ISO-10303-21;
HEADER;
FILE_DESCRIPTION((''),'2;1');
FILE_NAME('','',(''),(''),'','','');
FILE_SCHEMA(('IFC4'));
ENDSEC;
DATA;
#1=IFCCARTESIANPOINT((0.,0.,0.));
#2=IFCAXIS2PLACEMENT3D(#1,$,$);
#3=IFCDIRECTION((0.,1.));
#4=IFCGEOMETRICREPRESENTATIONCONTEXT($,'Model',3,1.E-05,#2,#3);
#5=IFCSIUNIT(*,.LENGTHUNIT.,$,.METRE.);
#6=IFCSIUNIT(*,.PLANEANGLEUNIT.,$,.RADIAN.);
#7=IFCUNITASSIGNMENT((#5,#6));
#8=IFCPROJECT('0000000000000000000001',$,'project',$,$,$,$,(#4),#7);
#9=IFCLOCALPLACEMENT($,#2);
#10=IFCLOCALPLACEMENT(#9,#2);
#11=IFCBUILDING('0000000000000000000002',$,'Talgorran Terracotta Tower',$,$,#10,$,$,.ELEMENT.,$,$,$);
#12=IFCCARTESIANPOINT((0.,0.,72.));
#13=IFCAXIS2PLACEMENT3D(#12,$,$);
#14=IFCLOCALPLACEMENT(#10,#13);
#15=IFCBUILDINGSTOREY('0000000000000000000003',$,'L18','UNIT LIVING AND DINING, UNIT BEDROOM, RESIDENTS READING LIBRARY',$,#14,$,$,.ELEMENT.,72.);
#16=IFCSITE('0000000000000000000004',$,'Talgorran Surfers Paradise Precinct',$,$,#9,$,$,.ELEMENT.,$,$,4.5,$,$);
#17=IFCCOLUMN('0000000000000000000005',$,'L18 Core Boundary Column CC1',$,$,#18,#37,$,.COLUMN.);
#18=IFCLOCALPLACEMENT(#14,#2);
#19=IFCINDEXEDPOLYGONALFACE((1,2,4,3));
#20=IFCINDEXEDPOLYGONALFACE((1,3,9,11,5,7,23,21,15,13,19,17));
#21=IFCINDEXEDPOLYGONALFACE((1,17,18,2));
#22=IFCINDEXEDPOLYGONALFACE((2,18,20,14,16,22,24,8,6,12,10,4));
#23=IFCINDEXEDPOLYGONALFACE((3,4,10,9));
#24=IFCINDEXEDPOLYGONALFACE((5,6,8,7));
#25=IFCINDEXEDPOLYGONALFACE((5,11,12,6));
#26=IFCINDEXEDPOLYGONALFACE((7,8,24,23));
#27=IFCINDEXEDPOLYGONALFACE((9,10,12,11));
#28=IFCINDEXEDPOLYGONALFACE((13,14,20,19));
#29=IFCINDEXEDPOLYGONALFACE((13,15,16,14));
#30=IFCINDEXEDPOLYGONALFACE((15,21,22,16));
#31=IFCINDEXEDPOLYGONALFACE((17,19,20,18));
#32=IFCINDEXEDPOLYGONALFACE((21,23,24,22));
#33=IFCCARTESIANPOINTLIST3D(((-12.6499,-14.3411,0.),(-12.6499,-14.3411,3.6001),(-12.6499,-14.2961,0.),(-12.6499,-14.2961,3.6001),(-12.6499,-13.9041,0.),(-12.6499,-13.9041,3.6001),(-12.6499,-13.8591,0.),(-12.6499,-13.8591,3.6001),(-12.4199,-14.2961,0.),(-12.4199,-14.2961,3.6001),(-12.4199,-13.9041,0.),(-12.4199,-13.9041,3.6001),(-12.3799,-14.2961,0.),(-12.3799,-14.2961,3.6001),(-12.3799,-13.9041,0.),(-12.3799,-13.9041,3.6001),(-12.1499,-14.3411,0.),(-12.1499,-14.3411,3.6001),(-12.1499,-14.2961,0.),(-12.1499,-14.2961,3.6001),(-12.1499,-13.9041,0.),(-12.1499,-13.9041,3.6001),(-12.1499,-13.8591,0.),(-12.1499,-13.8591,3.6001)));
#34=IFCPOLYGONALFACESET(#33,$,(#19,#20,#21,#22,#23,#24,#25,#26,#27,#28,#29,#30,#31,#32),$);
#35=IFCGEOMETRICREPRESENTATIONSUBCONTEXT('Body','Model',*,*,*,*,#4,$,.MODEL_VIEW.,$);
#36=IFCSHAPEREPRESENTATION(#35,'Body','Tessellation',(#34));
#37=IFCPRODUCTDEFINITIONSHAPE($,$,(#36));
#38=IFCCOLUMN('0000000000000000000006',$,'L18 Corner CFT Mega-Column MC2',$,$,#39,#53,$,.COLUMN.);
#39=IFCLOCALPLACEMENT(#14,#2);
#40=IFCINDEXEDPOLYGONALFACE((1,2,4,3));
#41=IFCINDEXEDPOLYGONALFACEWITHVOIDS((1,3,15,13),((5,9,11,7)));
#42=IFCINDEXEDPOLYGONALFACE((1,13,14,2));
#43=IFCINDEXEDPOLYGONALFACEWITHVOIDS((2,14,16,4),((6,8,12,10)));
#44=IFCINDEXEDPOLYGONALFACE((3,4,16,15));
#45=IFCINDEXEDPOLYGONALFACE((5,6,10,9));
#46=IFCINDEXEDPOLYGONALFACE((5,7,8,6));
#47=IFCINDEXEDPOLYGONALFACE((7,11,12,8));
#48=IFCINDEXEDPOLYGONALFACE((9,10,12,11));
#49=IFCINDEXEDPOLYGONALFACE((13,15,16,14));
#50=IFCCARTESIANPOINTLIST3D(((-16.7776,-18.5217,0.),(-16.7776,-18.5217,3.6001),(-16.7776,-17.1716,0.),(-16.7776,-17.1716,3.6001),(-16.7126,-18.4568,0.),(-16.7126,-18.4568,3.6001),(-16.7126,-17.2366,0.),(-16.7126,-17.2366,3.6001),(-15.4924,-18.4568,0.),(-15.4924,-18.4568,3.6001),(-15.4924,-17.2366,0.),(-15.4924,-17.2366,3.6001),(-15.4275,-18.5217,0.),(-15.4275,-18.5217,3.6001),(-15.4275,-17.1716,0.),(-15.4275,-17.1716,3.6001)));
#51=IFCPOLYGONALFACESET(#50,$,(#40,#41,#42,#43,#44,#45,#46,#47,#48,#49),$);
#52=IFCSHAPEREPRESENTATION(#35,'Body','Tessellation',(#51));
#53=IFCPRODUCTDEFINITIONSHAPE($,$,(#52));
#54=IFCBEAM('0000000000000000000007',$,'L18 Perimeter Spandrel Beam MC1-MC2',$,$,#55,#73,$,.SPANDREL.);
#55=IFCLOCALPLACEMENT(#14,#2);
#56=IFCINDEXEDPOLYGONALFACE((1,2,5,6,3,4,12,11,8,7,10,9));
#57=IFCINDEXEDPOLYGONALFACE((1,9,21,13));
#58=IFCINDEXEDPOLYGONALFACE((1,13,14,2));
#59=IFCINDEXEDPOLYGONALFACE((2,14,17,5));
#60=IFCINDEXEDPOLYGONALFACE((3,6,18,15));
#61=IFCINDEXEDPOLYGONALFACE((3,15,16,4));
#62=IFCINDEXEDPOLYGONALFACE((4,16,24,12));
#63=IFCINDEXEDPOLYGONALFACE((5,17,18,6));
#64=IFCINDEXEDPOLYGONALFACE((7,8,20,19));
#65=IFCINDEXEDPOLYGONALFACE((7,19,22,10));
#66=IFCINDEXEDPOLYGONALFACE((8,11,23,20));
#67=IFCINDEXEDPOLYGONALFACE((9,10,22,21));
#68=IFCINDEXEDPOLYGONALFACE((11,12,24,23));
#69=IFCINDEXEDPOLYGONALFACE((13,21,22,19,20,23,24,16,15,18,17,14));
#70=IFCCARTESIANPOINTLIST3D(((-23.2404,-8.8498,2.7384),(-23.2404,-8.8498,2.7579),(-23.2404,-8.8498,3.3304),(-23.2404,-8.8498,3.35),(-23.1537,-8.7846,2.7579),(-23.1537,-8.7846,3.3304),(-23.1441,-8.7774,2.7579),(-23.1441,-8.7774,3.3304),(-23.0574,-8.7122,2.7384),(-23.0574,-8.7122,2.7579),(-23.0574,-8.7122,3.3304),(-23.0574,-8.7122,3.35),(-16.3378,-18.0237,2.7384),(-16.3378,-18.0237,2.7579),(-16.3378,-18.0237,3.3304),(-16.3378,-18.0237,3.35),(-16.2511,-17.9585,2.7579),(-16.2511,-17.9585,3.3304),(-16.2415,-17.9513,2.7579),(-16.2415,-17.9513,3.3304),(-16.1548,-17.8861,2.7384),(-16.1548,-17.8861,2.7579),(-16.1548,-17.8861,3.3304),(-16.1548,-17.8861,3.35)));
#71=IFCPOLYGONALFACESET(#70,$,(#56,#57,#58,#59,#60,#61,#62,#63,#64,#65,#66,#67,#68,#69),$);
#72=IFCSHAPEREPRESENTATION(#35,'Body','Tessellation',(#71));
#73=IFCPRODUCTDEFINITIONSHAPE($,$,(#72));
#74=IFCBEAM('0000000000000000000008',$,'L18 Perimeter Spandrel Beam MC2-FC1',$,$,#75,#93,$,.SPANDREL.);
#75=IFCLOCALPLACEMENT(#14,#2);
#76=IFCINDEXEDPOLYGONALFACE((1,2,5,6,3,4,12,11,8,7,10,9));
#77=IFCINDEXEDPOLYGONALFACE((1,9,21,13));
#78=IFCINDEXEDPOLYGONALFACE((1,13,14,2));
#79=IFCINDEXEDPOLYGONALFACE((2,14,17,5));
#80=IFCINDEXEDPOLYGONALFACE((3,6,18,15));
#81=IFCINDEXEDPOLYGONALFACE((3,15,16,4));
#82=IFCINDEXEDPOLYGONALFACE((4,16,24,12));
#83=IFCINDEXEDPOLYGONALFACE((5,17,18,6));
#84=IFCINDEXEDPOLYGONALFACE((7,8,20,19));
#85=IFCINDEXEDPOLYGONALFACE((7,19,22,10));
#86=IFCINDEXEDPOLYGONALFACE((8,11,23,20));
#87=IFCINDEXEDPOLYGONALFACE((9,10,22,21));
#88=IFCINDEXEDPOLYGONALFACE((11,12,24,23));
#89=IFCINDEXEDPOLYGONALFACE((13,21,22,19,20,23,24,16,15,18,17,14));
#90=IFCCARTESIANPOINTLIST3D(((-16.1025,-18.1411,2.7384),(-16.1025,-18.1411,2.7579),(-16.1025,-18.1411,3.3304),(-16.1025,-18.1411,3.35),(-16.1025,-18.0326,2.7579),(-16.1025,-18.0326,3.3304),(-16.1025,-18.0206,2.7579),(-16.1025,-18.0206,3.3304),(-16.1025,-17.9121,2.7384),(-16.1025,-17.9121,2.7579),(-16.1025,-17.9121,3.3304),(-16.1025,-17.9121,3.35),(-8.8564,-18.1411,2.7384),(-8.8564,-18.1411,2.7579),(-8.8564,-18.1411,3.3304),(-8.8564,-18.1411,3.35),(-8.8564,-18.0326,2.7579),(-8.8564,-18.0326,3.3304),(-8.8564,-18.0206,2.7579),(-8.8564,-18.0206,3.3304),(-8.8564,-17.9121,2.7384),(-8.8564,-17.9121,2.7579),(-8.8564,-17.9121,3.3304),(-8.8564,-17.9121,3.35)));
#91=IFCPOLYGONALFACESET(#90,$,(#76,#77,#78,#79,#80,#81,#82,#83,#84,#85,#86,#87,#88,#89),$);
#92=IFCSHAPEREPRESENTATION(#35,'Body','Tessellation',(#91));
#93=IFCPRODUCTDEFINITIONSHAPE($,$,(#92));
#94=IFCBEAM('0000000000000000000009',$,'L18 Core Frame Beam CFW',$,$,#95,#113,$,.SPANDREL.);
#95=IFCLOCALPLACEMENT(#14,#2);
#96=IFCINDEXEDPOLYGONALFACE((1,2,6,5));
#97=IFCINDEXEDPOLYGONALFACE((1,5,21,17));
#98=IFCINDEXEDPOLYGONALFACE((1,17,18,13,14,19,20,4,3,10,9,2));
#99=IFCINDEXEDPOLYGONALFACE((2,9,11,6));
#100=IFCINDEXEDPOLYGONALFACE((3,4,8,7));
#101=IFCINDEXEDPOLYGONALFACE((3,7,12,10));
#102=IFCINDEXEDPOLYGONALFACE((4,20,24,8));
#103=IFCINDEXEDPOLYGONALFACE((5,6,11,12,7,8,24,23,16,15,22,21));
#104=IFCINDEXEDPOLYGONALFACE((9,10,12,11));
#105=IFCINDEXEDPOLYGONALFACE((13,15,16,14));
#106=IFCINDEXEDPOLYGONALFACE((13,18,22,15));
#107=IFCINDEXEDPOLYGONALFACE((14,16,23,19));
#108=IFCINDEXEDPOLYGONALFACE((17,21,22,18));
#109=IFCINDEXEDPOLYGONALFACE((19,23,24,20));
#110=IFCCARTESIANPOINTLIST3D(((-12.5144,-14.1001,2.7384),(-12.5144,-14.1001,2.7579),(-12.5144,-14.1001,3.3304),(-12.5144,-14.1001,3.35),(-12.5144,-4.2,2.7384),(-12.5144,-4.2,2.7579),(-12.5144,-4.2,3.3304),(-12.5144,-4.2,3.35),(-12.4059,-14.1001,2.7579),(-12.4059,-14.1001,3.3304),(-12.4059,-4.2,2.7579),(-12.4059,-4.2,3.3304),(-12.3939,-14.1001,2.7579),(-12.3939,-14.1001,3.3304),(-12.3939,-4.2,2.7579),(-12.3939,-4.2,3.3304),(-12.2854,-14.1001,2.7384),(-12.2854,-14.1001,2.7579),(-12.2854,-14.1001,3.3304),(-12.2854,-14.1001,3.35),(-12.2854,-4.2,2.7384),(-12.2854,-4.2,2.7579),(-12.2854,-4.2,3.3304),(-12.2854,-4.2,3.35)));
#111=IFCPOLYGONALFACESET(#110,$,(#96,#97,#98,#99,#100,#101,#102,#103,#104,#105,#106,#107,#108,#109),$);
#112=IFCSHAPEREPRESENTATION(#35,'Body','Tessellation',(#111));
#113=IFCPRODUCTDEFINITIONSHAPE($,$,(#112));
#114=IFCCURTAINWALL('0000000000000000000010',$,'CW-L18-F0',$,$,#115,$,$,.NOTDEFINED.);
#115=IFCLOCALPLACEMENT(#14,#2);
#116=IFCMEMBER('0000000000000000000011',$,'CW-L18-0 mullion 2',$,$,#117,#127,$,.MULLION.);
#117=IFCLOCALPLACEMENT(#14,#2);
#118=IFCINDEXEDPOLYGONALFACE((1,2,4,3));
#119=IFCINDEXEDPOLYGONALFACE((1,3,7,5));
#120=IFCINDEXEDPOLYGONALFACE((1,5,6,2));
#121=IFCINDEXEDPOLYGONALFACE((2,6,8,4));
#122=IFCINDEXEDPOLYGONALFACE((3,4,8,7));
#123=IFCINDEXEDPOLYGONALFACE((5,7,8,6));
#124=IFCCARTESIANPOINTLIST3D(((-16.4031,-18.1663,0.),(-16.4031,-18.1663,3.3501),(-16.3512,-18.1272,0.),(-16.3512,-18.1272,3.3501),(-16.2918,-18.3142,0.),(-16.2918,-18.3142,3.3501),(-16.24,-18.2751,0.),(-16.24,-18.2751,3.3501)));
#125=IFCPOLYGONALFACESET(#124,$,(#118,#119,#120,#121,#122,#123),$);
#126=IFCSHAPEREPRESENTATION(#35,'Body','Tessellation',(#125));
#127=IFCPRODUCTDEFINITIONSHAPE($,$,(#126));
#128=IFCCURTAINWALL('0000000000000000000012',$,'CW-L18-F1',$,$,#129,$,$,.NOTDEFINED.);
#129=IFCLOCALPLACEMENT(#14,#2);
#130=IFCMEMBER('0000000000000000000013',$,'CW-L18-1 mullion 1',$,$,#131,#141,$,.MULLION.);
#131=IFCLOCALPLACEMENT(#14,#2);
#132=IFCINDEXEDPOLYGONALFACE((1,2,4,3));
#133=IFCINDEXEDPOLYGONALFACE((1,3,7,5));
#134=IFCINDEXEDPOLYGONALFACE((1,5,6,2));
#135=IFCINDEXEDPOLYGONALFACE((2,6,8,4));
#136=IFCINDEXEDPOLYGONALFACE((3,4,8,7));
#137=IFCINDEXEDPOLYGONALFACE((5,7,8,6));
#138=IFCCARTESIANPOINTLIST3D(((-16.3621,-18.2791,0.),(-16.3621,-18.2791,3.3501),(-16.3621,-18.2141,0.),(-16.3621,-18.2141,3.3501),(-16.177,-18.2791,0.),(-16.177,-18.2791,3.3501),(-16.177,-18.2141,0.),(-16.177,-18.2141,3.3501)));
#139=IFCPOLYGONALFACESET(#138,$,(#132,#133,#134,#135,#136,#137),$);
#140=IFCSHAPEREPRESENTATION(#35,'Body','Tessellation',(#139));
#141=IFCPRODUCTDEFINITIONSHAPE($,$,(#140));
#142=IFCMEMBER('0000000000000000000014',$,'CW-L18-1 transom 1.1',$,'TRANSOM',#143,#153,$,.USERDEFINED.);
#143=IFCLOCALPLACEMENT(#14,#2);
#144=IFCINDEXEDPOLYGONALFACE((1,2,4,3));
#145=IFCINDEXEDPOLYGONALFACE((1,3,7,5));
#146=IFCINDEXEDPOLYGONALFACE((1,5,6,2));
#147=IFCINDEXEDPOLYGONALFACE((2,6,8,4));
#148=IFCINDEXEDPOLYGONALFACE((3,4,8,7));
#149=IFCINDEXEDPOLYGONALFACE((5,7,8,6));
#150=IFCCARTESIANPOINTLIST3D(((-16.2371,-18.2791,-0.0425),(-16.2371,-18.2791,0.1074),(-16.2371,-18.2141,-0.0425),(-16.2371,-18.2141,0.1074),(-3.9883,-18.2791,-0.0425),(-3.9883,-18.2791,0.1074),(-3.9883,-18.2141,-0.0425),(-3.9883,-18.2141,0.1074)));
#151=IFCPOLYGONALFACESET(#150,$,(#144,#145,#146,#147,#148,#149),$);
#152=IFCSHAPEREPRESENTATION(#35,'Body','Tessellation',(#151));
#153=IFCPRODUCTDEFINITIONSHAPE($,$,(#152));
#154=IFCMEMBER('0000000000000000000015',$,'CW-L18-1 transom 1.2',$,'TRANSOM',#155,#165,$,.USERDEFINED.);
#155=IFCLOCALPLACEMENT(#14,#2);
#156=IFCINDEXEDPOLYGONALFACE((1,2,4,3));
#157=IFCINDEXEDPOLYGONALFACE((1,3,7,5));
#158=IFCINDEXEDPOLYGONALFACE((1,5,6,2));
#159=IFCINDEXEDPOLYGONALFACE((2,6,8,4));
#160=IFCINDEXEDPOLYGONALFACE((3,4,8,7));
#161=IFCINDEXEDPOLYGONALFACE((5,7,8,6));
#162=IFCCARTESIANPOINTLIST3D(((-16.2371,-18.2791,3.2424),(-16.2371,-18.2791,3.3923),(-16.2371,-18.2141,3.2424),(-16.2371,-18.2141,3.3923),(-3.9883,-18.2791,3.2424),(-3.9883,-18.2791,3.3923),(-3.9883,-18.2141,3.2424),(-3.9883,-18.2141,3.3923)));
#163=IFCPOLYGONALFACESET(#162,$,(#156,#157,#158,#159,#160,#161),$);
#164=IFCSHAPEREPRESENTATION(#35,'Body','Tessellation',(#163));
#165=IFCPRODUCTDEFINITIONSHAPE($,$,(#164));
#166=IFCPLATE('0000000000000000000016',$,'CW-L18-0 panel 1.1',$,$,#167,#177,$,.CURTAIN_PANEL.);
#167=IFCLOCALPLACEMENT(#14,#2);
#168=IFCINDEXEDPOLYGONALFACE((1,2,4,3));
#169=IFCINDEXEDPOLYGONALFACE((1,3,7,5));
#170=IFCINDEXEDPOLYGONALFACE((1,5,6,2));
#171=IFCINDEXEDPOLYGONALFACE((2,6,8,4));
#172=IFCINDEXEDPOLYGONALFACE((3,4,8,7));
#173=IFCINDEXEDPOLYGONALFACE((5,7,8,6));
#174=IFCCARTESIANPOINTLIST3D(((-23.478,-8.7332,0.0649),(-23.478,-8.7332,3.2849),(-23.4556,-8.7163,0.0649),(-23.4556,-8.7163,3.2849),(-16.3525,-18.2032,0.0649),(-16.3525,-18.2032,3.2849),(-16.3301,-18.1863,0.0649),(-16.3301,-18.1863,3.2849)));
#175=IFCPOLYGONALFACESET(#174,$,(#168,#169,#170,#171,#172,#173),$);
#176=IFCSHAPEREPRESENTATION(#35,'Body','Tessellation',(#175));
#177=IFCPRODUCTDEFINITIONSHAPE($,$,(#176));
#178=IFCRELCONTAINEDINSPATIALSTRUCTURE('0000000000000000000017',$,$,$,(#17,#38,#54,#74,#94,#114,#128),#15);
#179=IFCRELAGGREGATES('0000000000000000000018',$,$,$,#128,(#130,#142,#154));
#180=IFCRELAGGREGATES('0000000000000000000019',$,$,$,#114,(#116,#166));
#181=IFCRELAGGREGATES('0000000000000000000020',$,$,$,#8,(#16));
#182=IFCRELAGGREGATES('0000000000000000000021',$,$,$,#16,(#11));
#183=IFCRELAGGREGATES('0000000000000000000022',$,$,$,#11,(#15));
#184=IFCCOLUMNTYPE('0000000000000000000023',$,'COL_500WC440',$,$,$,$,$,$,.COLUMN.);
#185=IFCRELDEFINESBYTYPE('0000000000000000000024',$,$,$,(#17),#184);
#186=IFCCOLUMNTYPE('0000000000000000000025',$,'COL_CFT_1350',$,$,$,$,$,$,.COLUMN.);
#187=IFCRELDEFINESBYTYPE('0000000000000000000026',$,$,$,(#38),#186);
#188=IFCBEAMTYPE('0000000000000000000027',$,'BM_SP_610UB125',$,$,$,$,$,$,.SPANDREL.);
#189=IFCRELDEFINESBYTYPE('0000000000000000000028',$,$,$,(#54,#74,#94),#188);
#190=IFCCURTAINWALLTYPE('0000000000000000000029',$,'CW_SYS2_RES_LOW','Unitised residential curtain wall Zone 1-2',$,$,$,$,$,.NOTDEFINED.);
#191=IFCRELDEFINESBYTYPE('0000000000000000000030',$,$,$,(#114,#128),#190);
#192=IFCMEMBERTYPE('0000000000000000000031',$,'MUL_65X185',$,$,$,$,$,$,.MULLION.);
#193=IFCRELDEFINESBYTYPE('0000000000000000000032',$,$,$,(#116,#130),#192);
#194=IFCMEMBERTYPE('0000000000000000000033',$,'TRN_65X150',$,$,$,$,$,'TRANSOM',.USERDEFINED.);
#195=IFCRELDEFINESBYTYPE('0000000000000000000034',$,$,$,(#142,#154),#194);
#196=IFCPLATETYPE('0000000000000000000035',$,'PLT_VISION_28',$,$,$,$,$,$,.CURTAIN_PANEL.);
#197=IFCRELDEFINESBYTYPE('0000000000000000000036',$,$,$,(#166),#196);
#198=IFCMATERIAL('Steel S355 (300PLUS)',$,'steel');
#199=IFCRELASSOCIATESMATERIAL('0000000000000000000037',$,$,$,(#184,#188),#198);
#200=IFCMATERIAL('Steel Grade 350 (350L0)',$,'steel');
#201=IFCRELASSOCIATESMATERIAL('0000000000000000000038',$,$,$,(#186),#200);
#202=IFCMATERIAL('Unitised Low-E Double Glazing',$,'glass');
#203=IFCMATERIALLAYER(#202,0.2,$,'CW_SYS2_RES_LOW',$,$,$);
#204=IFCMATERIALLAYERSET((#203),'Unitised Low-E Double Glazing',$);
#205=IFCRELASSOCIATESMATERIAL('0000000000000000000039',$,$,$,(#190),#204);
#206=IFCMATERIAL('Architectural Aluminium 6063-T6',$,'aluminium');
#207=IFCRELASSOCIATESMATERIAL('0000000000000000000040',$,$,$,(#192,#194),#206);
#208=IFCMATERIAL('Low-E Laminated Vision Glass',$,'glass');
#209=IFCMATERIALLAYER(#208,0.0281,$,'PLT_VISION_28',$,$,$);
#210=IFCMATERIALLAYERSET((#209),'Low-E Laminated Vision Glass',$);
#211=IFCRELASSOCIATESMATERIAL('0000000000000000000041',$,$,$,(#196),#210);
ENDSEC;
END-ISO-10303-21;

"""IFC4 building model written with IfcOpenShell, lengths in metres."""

from ifc_helpers import new_model, si_unit, direction, frame, origin, origin_2d, place, context, subcontext, project, spatial, rectangle, hollow_rectangle, i_section, extrude, source, transform, mapped, material, layer, layer_set, material_profile, profile_set, type_object, type_shapes, element, aggregate, save


model = new_model("IFC4")

# Units and contexts
model_context = context("Model", 3, precision=1e-05, world=origin(), true_north=direction((0.0, 1.0)))
body_context = subcontext(model_context, "Body", "Model", "MODEL_VIEW")
ifc_project = project(units=[si_unit("LENGTHUNIT", "METRE"), si_unit("PLANEANGLEUNIT", "RADIAN")], contexts=[model_context])

# Site, building, storey
site_placement = place(None, origin())
site = spatial("IfcSite", under=ifc_project, at=site_placement, Name="Talgorran Surfers Paradise Precinct", CompositionType="ELEMENT", RefElevation=4.5)
building_placement = place(site_placement, origin())
building = spatial("IfcBuilding", under=site, at=building_placement, Name="Talgorran Terracotta Tower", CompositionType="ELEMENT")
storey_placement = place(building_placement, frame((0.0, 0.0, 72.0)))
storey = spatial("IfcBuildingStorey", under=building, at=storey_placement, Name="L18", Description="UNIT LIVING AND DINING, UNIT BEDROOM, RESIDENTS READING LIBRARY", CompositionType="ELEMENT", Elevation=72.0)

# Columns
ifc_material_1 = material(Name="Steel S355 (300PLUS)", Category="steel")
ifc_material_profile_1 = material_profile(ifc_material_1, i_section(OverallWidth=0.5, OverallDepth=0.4819, WebThickness=0.04, FlangeThickness=0.0449, at=origin_2d()), Name="500WC440")
ifc_profile_set_1 = profile_set([ifc_material_profile_1], Name="Steel S355 (300PLUS)")
column_type_1 = type_object("IfcColumnType", Name="COL_500WC440", PredefinedType="COLUMN", material=ifc_profile_set_1)
column_1_placement = place(storey_placement, frame((-12.3999, -14.1001, 0.0), z_axis=(0.0, 0.0, 1.0), x_axis=(1.0, 0.0, 0.0)))
element("IfcColumn", 1, at=column_1_placement, inside=storey, type_object=column_type_1, Name="L18 Core Boundary Column CC1", PredefinedType="COLUMN", context=body_context, shape_type="SweptSolid", body=[
    extrude(i_section(OverallWidth=0.5, OverallDepth=0.4819, WebThickness=0.04, FlangeThickness=0.0449, at=origin_2d()), origin(), (0.0, 0.0, 1.0), 3.6001),
])
ifc_material_2 = material(Name="Steel Grade 350 (350L0)", Category="steel")
ifc_material_profile_2 = material_profile(ifc_material_2, hollow_rectangle(XDim=1.3501, YDim=1.3501, WallThickness=0.0649, at=origin_2d()), Name="CFT1350X1350X65")
ifc_profile_set_2 = profile_set([ifc_material_profile_2], Name="Steel Grade 350 (350L0)")
column_type_2 = type_object("IfcColumnType", Name="COL_CFT_1350", PredefinedType="COLUMN", material=ifc_profile_set_2)
column_2_placement = place(storey_placement, frame((-16.1025, -17.8467, 0.0), z_axis=(0.0, 0.0, 1.0), x_axis=(1.0, 0.0, 0.0)))
element("IfcColumn", 2, at=column_2_placement, inside=storey, type_object=column_type_2, Name="L18 Corner CFT Mega-Column MC2", PredefinedType="COLUMN", context=body_context, shape_type="SweptSolid", body=[
    extrude(hollow_rectangle(XDim=1.3501, YDim=1.3501, WallThickness=0.0649, at=origin_2d()), origin(), (0.0, 0.0, 1.0), 3.6001),
])

# Beams
ifc_material_profile_3 = material_profile(ifc_material_1, i_section(OverallWidth=0.229, OverallDepth=0.6116, WebThickness=0.012, FlangeThickness=0.0195, at=origin_2d()), Name="610UB125")
ifc_profile_set_3 = profile_set([ifc_material_profile_3], Name="Steel S355 (300PLUS)")
beam_type = type_object("IfcBeamType", Name="BM_SP_610UB125", PredefinedType="SPANDREL", material=ifc_profile_set_3)
beam_1_placement = place(storey_placement, frame((-23.1489, -8.781, 3.0442), z_axis=(0.601238, -0.79907, 0.0), x_axis=(0.79907, 0.601238, 0.0)))
element("IfcBeam", 3, at=beam_1_placement, inside=storey, type_object=beam_type, Name="L18 Perimeter Spandrel Beam MC1-MC2", PredefinedType="SPANDREL", context=body_context, shape_type="SweptSolid", body=[
    extrude(i_section(OverallWidth=0.229, OverallDepth=0.6116, WebThickness=0.012, FlangeThickness=0.0195, at=origin_2d()), origin(), (0.0, 0.0, 1.0), 11.4807),
])
beam_2_placement = place(storey_placement, frame((-16.1025, -18.0266, 3.0442), z_axis=(1.0, 0.0, 0.0), x_axis=(0.0, 1.0, 0.0)))
element("IfcBeam", 4, at=beam_2_placement, inside=storey, type_object=beam_type, Name="L18 Perimeter Spandrel Beam MC2-FC1", PredefinedType="SPANDREL", context=body_context, shape_type="SweptSolid", body=[
    extrude(i_section(OverallWidth=0.229, OverallDepth=0.6116, WebThickness=0.012, FlangeThickness=0.0195, at=origin_2d()), origin(), (0.0, 0.0, 1.0), 7.2461),
])
beam_3_placement = place(storey_placement, frame((-12.3999, -14.1001, 3.0442), z_axis=(0.0, 1.0, 0.0), x_axis=(-1.0, 0.0, 0.0)))
element("IfcBeam", 5, at=beam_3_placement, inside=storey, type_object=beam_type, Name="L18 Core Frame Beam CFW", PredefinedType="SPANDREL", context=body_context, shape_type="SweptSolid", body=[
    extrude(i_section(OverallWidth=0.229, OverallDepth=0.6116, WebThickness=0.012, FlangeThickness=0.0195, at=origin_2d()), origin(), (0.0, 0.0, 1.0), 9.9001),
])

# Curtain wall, member
ifc_material_3 = material(Name="Unitised Low-E Double Glazing", Category="glass")
ifc_layer_1 = layer(ifc_material_3, 0.2, Name="CW_SYS2_RES_LOW")
ifc_layer_set_1 = layer_set([ifc_layer_1], Name="Unitised Low-E Double Glazing")
curtain_wall_type = type_object("IfcCurtainWallType", Name="CW_SYS2_RES_LOW", Description="Unitised residential curtain wall Zone 1-2", PredefinedType="NOTDEFINED", material=ifc_layer_set_1)
curtain_wall_1_placement = place(storey_placement, origin())
curtain_wall_1 = element("IfcCurtainWall", 6, at=curtain_wall_1_placement, inside=storey, type_object=curtain_wall_type, Name="CW-L18-F0", PredefinedType="NOTDEFINED")
ifc_material_4 = material(Name="Architectural Aluminium 6063-T6", Category="aluminium")
ifc_material_profile_4 = material_profile(ifc_material_4, rectangle(XDim=0.0649, YDim=0.1851, at=origin_2d()), Name="CWM65X185")
ifc_profile_set_4 = profile_set([ifc_material_profile_4], Name="Architectural Aluminium 6063-T6")
member_type_1 = type_object("IfcMemberType", Name="MUL_65X185", PredefinedType="MULLION", material=ifc_profile_set_4)
member_1_placement = place(storey_placement, frame((-16.3215, -18.2207, 0.0), z_axis=(0.0, 0.0, 1.0), x_axis=(0.799067, 0.601243, 0.0)))
member_1 = element("IfcMember", 7, at=member_1_placement, type_object=member_type_1, Name="CW-L18-0 mullion 2", PredefinedType="MULLION", context=body_context, shape_type="SweptSolid", body=[
    extrude(rectangle(XDim=0.0649, YDim=0.1851, at=origin_2d()), origin(), (0.0, 0.0, 1.0), 3.3501),
])

# Curtain wall, members
curtain_wall_2_placement = place(storey_placement, origin())
curtain_wall_2 = element("IfcCurtainWall", 8, at=curtain_wall_2_placement, inside=storey, type_object=curtain_wall_type, Name="CW-L18-F1", PredefinedType="NOTDEFINED")
member_2_placement = place(storey_placement, frame((-16.2695, -18.2466, 0.0), z_axis=(0.0, 0.0, 1.0), x_axis=(0.0, 1.0, 0.0)))
member_2 = element("IfcMember", 9, at=member_2_placement, type_object=member_type_1, Name="CW-L18-1 mullion 1", PredefinedType="MULLION", context=body_context, shape_type="SweptSolid", body=[
    extrude(rectangle(XDim=0.0649, YDim=0.1851, at=origin_2d()), origin(), (0.0, 0.0, 1.0), 3.3501),
])
ifc_material_profile_5 = material_profile(ifc_material_4, rectangle(XDim=0.0649, YDim=0.1499, at=origin_2d()), Name="CWT65X150")
ifc_profile_set_5 = profile_set([ifc_material_profile_5], Name="Architectural Aluminium 6063-T6")
member_type_2 = type_object("IfcMemberType", Name="TRN_65X150", ElementType="TRANSOM", PredefinedType="USERDEFINED", material=ifc_profile_set_5)
member_3_placement = place(storey_placement, frame((-16.2371, -18.2466, 0.0325), z_axis=(1.0, 0.0, 0.0), x_axis=(0.0, 1.0, 0.0)))
member_3 = element("IfcMember", 10, at=member_3_placement, type_object=member_type_2, Name="CW-L18-1 transom 1.1", ObjectType="TRANSOM", PredefinedType="USERDEFINED", context=body_context, shape_type="SweptSolid", body=[
    extrude(rectangle(XDim=0.0649, YDim=0.1499, at=origin_2d()), origin(), (0.0, 0.0, 1.0), 12.2488),
])
member_4_placement = place(storey_placement, frame((-16.2371, -18.2466, 3.3174), z_axis=(1.0, 0.0, 0.0), x_axis=(0.0, 1.0, 0.0)))
member_4 = element("IfcMember", 11, at=member_4_placement, type_object=member_type_2, Name="CW-L18-1 transom 1.2", ObjectType="TRANSOM", PredefinedType="USERDEFINED", context=body_context, shape_type="SweptSolid", body=[
    extrude(rectangle(XDim=0.0649, YDim=0.1499, at=origin_2d()), origin(), (0.0, 0.0, 1.0), 12.2488),
])
aggregate(curtain_wall_2, [member_2, member_3, member_4])

# Plate
ifc_material_5 = material(Name="Low-E Laminated Vision Glass", Category="glass")
ifc_layer_2 = layer(ifc_material_5, 0.0281, Name="PLT_VISION_28")
ifc_layer_set_2 = layer_set([ifc_layer_2], Name="Low-E Laminated Vision Glass")
plate_type = type_object("IfcPlateType", Name="PLT_VISION_28", PredefinedType="CURTAIN_PANEL", material=ifc_layer_set_2)
shared_shape = source(origin(), body_context, "Body", "SweptSolid", [
    extrude(rectangle(XDim=11.8513, YDim=0.0281, at=origin_2d()), origin(), (0.0, 0.0, 1.0), 3.22),
])
type_shapes(plate_type, [shared_shape])
plate_placement = place(storey_placement, frame((-19.9041, -13.4597, 0.0649), z_axis=(0.0, 0.0, 1.0), x_axis=(0.601243, -0.799067, 0.0)))
plate = element("IfcPlate", 12, at=plate_placement, type_object=plate_type, Name="CW-L18-0 panel 1.1", PredefinedType="CURTAIN_PANEL", context=body_context, shape_type="MappedRepresentation", body=[
    mapped(shared_shape, transform((0.0, 0.0, 0.0), scale=1.0)),
])
aggregate(curtain_wall_1, [member_1, plate])

save(model, "model.ifc")
